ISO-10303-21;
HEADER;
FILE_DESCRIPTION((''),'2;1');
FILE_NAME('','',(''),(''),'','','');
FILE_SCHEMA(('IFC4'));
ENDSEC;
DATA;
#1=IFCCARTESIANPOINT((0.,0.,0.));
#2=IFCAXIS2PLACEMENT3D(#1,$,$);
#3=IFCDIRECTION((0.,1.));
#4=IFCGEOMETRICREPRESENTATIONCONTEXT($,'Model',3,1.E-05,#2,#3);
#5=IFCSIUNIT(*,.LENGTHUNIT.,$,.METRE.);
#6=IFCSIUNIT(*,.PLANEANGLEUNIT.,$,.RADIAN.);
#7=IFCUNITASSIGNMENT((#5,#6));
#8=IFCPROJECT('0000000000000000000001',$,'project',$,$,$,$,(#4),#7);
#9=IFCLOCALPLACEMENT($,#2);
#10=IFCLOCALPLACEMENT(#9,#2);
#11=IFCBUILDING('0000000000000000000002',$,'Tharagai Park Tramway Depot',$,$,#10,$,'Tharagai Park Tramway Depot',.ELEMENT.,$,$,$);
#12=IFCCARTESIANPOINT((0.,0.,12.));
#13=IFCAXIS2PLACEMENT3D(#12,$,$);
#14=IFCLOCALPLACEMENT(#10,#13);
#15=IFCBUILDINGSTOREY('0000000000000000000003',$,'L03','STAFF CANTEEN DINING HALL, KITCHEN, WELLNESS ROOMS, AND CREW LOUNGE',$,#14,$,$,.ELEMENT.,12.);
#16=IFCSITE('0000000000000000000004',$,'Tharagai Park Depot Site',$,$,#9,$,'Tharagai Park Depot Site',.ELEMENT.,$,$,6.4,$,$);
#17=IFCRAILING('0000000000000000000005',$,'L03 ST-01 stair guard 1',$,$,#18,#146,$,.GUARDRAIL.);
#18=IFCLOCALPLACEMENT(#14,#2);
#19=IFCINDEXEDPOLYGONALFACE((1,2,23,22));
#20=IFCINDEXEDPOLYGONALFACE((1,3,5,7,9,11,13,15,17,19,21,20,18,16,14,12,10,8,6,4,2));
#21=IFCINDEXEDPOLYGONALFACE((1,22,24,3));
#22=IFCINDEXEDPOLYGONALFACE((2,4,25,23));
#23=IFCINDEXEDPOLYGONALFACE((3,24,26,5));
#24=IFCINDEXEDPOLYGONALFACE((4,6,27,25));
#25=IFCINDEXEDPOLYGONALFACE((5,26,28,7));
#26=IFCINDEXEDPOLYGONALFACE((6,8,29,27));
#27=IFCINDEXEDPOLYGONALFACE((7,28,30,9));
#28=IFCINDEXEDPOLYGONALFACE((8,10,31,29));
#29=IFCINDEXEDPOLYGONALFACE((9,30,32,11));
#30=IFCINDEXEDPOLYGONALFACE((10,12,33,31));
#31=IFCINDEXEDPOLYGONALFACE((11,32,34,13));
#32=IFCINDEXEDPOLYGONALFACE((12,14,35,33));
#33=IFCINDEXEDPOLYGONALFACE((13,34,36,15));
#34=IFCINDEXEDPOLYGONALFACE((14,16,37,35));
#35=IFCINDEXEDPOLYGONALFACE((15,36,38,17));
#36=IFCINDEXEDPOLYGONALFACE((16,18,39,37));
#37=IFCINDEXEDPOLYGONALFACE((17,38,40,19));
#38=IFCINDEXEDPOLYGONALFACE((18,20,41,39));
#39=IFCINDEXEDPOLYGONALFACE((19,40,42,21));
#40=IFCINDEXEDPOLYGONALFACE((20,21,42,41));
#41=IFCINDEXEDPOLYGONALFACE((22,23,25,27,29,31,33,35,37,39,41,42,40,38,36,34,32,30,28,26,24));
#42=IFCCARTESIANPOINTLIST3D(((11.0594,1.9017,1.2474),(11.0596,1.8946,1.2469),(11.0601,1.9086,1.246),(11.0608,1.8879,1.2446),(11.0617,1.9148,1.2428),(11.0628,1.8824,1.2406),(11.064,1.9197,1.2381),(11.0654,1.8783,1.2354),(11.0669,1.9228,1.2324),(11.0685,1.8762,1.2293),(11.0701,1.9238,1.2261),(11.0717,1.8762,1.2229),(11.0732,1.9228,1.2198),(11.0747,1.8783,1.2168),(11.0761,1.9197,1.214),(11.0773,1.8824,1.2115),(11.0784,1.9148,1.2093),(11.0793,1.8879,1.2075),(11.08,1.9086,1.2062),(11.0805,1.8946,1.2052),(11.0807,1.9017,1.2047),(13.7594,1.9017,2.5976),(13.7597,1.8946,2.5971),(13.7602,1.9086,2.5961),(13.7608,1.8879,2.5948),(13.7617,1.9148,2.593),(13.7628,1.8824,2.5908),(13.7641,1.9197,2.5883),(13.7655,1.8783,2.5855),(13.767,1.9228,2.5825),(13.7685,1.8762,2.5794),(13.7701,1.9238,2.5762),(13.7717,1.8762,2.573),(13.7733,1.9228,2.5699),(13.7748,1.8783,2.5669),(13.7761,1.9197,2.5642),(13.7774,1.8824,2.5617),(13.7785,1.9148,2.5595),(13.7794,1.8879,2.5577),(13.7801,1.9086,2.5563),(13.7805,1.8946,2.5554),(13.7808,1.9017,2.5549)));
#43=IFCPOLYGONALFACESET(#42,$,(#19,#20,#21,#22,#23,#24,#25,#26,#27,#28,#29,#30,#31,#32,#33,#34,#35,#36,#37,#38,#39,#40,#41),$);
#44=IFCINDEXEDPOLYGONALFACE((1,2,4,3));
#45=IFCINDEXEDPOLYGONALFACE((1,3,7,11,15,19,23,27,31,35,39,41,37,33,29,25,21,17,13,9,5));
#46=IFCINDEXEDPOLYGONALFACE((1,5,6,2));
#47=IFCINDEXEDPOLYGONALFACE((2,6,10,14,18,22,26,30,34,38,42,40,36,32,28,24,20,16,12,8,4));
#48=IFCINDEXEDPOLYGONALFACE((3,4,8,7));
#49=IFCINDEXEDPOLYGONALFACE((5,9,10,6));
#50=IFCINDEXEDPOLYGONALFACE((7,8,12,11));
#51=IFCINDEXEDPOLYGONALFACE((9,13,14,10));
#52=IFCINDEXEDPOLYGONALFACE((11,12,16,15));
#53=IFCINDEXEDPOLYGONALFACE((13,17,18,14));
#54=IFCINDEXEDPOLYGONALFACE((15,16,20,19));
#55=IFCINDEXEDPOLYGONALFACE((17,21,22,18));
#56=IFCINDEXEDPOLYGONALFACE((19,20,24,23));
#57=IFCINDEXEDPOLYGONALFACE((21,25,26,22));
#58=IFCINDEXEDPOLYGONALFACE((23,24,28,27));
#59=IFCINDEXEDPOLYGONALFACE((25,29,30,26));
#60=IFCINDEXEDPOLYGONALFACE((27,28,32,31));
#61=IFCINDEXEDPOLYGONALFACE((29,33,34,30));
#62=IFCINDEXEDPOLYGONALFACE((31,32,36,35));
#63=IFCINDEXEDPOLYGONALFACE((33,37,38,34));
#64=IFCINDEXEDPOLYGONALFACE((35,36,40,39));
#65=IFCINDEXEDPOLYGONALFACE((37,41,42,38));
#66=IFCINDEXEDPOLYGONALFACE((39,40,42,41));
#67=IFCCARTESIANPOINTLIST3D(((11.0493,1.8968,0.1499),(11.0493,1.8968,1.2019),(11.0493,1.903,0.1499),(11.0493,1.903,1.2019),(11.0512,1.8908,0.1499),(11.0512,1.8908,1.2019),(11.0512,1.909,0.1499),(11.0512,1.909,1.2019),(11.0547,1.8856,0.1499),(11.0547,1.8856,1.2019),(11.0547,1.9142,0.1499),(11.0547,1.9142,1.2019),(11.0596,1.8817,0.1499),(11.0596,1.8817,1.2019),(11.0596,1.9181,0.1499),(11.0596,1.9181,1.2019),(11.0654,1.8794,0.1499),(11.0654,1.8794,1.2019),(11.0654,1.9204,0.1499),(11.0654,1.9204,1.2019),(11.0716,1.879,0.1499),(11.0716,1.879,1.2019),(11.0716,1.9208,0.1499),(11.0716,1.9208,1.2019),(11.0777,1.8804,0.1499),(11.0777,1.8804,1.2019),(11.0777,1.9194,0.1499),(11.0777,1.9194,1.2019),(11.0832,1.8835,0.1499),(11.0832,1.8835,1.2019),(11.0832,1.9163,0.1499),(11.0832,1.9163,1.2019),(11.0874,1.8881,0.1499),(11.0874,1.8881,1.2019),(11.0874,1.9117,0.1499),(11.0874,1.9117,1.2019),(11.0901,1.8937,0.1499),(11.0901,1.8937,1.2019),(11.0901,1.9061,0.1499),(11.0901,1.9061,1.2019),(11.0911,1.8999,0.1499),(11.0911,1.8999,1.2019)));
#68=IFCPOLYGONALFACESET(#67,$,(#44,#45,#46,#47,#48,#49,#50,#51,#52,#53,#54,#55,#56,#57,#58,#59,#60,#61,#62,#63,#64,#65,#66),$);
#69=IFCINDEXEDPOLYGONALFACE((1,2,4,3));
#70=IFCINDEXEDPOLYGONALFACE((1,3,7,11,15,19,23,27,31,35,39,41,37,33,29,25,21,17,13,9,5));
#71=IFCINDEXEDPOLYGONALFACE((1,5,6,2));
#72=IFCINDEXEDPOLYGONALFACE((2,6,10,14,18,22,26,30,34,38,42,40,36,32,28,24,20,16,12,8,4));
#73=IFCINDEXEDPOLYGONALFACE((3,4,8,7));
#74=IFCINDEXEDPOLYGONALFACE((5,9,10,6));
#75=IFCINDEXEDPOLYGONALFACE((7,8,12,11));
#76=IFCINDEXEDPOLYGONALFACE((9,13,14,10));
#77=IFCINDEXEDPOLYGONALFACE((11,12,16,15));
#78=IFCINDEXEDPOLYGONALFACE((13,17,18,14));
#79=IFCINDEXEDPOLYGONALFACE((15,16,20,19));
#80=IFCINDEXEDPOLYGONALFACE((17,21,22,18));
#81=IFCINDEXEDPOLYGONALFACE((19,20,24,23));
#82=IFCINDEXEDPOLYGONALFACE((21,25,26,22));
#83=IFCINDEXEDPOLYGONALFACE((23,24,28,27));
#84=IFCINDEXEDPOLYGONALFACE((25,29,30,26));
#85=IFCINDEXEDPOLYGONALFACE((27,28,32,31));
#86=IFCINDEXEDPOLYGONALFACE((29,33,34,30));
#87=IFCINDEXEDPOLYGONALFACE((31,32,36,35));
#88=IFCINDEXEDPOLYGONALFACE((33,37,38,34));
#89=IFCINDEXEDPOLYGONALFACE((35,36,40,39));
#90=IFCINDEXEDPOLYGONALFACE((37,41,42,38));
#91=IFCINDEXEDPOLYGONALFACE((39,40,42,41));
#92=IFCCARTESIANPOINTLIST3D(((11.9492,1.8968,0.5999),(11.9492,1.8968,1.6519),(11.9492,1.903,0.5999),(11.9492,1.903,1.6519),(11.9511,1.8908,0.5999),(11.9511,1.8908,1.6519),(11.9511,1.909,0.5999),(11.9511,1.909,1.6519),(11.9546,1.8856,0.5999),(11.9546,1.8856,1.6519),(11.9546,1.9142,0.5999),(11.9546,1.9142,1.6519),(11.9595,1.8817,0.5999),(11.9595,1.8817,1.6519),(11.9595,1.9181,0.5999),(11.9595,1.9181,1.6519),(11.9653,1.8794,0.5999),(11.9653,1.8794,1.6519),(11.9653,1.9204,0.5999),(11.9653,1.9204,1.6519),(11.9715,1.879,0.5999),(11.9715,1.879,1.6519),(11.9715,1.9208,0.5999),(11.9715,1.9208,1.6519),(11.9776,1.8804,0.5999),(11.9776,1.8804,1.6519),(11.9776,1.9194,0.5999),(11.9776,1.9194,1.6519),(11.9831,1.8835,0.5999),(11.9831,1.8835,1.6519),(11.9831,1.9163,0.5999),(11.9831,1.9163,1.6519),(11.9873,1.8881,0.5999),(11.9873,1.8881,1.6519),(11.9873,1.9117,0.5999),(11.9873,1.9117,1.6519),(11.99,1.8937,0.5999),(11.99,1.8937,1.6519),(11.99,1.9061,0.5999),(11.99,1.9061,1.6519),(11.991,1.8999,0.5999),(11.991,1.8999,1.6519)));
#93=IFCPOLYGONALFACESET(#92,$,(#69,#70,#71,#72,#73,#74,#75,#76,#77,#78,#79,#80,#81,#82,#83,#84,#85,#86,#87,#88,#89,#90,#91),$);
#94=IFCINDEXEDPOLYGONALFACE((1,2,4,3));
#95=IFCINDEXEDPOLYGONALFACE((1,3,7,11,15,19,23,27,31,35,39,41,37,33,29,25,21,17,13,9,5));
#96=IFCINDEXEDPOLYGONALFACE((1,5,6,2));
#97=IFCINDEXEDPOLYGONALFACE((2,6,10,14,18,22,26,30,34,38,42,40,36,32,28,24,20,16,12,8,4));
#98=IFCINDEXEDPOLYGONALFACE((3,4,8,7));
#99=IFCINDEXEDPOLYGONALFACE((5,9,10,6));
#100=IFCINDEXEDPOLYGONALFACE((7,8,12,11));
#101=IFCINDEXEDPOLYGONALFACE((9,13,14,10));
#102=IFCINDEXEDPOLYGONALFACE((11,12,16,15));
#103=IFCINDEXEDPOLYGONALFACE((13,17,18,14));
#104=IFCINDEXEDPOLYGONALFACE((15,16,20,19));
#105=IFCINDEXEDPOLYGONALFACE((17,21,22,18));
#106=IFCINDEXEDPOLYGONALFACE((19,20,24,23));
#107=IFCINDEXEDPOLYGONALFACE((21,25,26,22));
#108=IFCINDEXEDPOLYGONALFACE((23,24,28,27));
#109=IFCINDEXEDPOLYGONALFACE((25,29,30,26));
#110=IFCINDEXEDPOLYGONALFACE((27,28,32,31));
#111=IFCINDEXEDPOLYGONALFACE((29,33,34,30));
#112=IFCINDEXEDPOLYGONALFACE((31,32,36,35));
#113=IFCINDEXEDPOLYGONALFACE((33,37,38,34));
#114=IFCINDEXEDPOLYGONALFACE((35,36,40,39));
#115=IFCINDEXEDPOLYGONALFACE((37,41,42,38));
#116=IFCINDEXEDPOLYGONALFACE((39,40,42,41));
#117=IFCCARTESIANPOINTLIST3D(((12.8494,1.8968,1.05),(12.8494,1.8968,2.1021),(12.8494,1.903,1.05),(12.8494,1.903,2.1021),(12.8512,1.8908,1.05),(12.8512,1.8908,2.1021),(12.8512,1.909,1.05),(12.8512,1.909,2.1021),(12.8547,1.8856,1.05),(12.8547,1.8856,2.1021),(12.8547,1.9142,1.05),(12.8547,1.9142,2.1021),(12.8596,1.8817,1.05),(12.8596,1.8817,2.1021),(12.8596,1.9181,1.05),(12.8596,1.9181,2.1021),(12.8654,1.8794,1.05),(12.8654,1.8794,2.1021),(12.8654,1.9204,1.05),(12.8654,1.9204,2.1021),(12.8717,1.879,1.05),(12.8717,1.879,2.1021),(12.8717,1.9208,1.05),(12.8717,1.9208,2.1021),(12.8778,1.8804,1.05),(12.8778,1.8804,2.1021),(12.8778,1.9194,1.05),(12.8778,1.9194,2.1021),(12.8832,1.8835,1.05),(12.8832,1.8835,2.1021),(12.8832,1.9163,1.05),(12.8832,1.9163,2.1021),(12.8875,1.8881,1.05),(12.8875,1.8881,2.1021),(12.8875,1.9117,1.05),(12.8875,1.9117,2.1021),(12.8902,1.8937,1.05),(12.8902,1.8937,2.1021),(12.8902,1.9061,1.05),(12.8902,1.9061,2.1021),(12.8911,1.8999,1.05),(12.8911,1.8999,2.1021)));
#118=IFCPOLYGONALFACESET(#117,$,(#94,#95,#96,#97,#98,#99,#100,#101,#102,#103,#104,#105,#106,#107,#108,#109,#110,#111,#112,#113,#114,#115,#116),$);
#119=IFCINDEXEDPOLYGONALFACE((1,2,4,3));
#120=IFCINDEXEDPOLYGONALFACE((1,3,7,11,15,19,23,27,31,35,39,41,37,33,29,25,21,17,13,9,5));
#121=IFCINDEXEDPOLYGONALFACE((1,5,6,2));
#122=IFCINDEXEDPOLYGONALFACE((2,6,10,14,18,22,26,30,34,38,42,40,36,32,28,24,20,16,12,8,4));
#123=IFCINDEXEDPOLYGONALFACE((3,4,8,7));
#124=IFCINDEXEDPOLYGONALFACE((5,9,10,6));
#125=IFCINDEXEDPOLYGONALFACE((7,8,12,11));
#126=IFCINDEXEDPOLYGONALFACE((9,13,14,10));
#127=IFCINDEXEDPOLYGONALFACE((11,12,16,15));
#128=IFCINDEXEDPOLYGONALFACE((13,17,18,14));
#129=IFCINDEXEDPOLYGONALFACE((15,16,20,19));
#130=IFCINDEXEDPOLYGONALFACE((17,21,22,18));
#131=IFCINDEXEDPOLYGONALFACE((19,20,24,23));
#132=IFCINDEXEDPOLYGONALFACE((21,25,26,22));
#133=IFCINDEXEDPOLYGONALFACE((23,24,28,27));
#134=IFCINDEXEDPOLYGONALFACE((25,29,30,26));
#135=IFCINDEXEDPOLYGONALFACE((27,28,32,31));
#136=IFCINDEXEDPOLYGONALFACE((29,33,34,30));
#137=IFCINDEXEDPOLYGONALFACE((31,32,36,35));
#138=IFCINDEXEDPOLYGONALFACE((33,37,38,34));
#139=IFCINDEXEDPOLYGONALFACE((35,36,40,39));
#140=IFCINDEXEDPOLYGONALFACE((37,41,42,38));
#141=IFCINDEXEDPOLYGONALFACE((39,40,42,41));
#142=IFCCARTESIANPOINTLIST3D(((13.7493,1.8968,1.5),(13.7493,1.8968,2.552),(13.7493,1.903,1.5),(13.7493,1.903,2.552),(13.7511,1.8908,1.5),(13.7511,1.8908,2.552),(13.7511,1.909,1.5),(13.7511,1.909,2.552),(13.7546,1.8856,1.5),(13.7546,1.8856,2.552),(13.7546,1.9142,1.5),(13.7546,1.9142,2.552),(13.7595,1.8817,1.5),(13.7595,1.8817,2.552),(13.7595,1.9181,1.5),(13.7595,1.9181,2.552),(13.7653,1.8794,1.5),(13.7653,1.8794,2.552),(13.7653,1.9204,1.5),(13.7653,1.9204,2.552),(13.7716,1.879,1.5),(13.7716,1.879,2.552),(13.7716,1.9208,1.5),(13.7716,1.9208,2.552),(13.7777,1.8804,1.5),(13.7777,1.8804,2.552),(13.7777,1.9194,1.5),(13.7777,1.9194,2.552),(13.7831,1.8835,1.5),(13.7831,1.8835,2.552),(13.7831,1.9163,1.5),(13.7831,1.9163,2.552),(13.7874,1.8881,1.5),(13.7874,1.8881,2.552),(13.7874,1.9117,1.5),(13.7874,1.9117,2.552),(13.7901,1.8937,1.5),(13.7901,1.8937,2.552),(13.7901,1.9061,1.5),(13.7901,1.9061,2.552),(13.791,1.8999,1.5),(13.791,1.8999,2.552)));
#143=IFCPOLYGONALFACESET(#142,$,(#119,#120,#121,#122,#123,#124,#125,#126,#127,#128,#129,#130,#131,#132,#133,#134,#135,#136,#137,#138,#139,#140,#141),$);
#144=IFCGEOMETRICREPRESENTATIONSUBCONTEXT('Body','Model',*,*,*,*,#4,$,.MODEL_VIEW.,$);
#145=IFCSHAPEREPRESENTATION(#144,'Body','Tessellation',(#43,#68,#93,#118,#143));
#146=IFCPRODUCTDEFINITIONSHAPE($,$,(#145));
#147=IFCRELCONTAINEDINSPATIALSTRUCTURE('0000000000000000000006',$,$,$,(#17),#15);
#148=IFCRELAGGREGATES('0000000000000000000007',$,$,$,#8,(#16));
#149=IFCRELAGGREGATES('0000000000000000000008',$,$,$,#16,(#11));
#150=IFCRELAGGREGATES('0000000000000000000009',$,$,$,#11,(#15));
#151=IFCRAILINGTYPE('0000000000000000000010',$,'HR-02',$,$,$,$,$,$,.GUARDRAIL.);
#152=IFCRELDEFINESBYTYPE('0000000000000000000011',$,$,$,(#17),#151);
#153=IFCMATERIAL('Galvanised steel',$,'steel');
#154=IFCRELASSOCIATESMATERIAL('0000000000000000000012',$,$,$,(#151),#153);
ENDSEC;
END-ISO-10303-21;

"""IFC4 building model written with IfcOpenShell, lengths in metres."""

from ifc_helpers import new_model, si_unit, direction, frame, origin, origin_2d, place, context, subcontext, project, spatial, circle, extrude, material, type_object, element, save


model = new_model("IFC4")

# Units and contexts
model_context = context("Model", 3, precision=1e-05, world=origin(), true_north=direction((0.0, 1.0)))
body_context = subcontext(model_context, "Body", "Model", "MODEL_VIEW")
ifc_project = project(units=[si_unit("LENGTHUNIT", "METRE"), si_unit("PLANEANGLEUNIT", "RADIAN")], contexts=[model_context])

# Site, building, storey
site_placement = place(None, origin())
site = spatial("IfcSite", under=ifc_project, at=site_placement, Name="Tharagai Park Depot Site", LongName="Tharagai Park Depot Site", CompositionType="ELEMENT", RefElevation=6.4)
building_placement = place(site_placement, origin())
building = spatial("IfcBuilding", under=site, at=building_placement, Name="Tharagai Park Tramway Depot", LongName="Tharagai Park Tramway Depot", CompositionType="ELEMENT")
storey_placement = place(building_placement, frame((0.0, 0.0, 12.0)))
storey = spatial("IfcBuildingStorey", under=building, at=storey_placement, Name="L03", Description="STAFF CANTEEN DINING HALL, KITCHEN, WELLNESS ROOMS, AND CREW LOUNGE", CompositionType="ELEMENT", Elevation=12.0)

# Shared definitions
ifc_material_1 = material(Name="Galvanised steel", Category="steel")

# Railing
railing_type_1 = type_object("IfcRailingType", Name="HR-02", PredefinedType="GUARDRAIL", material=ifc_material_1)
railing_1_placement = place(storey_placement, frame((11.0701, 1.8999, 0.1499)))
element("IfcRailing", 1, at=railing_1_placement, inside=storey, type_object=railing_type_1, Name="L03 ST-01 stair guard 1", PredefinedType="GUARDRAIL", context=body_context, shape_type="SweptSolid", body=[
    extrude(circle(Radius=0.0239, at=origin_2d()), frame((0.0, 0.0, 1.0762), z_axis=(0.894411, 0.0, 0.447246), x_axis=(0.0, 1.0, 0.0)), (0.0, 0.0, 1.0), 3.0188),
    extrude(circle(Radius=0.021, at=origin_2d()), origin(), (0.0, 0.0, 1.0), 1.052),
    extrude(circle(Radius=0.021, at=origin_2d()), frame((0.8999, 0.0, 0.45)), (0.0, 0.0, 1.0), 1.052),
    extrude(circle(Radius=0.021, at=origin_2d()), frame((1.8, 0.0, 0.9001)), (0.0, 0.0, 1.0), 1.052),
    extrude(circle(Radius=0.021, at=origin_2d()), frame((2.7, 0.0, 1.3501)), (0.0, 0.0, 1.0), 1.052),
])

save(model, "model.ifc")
